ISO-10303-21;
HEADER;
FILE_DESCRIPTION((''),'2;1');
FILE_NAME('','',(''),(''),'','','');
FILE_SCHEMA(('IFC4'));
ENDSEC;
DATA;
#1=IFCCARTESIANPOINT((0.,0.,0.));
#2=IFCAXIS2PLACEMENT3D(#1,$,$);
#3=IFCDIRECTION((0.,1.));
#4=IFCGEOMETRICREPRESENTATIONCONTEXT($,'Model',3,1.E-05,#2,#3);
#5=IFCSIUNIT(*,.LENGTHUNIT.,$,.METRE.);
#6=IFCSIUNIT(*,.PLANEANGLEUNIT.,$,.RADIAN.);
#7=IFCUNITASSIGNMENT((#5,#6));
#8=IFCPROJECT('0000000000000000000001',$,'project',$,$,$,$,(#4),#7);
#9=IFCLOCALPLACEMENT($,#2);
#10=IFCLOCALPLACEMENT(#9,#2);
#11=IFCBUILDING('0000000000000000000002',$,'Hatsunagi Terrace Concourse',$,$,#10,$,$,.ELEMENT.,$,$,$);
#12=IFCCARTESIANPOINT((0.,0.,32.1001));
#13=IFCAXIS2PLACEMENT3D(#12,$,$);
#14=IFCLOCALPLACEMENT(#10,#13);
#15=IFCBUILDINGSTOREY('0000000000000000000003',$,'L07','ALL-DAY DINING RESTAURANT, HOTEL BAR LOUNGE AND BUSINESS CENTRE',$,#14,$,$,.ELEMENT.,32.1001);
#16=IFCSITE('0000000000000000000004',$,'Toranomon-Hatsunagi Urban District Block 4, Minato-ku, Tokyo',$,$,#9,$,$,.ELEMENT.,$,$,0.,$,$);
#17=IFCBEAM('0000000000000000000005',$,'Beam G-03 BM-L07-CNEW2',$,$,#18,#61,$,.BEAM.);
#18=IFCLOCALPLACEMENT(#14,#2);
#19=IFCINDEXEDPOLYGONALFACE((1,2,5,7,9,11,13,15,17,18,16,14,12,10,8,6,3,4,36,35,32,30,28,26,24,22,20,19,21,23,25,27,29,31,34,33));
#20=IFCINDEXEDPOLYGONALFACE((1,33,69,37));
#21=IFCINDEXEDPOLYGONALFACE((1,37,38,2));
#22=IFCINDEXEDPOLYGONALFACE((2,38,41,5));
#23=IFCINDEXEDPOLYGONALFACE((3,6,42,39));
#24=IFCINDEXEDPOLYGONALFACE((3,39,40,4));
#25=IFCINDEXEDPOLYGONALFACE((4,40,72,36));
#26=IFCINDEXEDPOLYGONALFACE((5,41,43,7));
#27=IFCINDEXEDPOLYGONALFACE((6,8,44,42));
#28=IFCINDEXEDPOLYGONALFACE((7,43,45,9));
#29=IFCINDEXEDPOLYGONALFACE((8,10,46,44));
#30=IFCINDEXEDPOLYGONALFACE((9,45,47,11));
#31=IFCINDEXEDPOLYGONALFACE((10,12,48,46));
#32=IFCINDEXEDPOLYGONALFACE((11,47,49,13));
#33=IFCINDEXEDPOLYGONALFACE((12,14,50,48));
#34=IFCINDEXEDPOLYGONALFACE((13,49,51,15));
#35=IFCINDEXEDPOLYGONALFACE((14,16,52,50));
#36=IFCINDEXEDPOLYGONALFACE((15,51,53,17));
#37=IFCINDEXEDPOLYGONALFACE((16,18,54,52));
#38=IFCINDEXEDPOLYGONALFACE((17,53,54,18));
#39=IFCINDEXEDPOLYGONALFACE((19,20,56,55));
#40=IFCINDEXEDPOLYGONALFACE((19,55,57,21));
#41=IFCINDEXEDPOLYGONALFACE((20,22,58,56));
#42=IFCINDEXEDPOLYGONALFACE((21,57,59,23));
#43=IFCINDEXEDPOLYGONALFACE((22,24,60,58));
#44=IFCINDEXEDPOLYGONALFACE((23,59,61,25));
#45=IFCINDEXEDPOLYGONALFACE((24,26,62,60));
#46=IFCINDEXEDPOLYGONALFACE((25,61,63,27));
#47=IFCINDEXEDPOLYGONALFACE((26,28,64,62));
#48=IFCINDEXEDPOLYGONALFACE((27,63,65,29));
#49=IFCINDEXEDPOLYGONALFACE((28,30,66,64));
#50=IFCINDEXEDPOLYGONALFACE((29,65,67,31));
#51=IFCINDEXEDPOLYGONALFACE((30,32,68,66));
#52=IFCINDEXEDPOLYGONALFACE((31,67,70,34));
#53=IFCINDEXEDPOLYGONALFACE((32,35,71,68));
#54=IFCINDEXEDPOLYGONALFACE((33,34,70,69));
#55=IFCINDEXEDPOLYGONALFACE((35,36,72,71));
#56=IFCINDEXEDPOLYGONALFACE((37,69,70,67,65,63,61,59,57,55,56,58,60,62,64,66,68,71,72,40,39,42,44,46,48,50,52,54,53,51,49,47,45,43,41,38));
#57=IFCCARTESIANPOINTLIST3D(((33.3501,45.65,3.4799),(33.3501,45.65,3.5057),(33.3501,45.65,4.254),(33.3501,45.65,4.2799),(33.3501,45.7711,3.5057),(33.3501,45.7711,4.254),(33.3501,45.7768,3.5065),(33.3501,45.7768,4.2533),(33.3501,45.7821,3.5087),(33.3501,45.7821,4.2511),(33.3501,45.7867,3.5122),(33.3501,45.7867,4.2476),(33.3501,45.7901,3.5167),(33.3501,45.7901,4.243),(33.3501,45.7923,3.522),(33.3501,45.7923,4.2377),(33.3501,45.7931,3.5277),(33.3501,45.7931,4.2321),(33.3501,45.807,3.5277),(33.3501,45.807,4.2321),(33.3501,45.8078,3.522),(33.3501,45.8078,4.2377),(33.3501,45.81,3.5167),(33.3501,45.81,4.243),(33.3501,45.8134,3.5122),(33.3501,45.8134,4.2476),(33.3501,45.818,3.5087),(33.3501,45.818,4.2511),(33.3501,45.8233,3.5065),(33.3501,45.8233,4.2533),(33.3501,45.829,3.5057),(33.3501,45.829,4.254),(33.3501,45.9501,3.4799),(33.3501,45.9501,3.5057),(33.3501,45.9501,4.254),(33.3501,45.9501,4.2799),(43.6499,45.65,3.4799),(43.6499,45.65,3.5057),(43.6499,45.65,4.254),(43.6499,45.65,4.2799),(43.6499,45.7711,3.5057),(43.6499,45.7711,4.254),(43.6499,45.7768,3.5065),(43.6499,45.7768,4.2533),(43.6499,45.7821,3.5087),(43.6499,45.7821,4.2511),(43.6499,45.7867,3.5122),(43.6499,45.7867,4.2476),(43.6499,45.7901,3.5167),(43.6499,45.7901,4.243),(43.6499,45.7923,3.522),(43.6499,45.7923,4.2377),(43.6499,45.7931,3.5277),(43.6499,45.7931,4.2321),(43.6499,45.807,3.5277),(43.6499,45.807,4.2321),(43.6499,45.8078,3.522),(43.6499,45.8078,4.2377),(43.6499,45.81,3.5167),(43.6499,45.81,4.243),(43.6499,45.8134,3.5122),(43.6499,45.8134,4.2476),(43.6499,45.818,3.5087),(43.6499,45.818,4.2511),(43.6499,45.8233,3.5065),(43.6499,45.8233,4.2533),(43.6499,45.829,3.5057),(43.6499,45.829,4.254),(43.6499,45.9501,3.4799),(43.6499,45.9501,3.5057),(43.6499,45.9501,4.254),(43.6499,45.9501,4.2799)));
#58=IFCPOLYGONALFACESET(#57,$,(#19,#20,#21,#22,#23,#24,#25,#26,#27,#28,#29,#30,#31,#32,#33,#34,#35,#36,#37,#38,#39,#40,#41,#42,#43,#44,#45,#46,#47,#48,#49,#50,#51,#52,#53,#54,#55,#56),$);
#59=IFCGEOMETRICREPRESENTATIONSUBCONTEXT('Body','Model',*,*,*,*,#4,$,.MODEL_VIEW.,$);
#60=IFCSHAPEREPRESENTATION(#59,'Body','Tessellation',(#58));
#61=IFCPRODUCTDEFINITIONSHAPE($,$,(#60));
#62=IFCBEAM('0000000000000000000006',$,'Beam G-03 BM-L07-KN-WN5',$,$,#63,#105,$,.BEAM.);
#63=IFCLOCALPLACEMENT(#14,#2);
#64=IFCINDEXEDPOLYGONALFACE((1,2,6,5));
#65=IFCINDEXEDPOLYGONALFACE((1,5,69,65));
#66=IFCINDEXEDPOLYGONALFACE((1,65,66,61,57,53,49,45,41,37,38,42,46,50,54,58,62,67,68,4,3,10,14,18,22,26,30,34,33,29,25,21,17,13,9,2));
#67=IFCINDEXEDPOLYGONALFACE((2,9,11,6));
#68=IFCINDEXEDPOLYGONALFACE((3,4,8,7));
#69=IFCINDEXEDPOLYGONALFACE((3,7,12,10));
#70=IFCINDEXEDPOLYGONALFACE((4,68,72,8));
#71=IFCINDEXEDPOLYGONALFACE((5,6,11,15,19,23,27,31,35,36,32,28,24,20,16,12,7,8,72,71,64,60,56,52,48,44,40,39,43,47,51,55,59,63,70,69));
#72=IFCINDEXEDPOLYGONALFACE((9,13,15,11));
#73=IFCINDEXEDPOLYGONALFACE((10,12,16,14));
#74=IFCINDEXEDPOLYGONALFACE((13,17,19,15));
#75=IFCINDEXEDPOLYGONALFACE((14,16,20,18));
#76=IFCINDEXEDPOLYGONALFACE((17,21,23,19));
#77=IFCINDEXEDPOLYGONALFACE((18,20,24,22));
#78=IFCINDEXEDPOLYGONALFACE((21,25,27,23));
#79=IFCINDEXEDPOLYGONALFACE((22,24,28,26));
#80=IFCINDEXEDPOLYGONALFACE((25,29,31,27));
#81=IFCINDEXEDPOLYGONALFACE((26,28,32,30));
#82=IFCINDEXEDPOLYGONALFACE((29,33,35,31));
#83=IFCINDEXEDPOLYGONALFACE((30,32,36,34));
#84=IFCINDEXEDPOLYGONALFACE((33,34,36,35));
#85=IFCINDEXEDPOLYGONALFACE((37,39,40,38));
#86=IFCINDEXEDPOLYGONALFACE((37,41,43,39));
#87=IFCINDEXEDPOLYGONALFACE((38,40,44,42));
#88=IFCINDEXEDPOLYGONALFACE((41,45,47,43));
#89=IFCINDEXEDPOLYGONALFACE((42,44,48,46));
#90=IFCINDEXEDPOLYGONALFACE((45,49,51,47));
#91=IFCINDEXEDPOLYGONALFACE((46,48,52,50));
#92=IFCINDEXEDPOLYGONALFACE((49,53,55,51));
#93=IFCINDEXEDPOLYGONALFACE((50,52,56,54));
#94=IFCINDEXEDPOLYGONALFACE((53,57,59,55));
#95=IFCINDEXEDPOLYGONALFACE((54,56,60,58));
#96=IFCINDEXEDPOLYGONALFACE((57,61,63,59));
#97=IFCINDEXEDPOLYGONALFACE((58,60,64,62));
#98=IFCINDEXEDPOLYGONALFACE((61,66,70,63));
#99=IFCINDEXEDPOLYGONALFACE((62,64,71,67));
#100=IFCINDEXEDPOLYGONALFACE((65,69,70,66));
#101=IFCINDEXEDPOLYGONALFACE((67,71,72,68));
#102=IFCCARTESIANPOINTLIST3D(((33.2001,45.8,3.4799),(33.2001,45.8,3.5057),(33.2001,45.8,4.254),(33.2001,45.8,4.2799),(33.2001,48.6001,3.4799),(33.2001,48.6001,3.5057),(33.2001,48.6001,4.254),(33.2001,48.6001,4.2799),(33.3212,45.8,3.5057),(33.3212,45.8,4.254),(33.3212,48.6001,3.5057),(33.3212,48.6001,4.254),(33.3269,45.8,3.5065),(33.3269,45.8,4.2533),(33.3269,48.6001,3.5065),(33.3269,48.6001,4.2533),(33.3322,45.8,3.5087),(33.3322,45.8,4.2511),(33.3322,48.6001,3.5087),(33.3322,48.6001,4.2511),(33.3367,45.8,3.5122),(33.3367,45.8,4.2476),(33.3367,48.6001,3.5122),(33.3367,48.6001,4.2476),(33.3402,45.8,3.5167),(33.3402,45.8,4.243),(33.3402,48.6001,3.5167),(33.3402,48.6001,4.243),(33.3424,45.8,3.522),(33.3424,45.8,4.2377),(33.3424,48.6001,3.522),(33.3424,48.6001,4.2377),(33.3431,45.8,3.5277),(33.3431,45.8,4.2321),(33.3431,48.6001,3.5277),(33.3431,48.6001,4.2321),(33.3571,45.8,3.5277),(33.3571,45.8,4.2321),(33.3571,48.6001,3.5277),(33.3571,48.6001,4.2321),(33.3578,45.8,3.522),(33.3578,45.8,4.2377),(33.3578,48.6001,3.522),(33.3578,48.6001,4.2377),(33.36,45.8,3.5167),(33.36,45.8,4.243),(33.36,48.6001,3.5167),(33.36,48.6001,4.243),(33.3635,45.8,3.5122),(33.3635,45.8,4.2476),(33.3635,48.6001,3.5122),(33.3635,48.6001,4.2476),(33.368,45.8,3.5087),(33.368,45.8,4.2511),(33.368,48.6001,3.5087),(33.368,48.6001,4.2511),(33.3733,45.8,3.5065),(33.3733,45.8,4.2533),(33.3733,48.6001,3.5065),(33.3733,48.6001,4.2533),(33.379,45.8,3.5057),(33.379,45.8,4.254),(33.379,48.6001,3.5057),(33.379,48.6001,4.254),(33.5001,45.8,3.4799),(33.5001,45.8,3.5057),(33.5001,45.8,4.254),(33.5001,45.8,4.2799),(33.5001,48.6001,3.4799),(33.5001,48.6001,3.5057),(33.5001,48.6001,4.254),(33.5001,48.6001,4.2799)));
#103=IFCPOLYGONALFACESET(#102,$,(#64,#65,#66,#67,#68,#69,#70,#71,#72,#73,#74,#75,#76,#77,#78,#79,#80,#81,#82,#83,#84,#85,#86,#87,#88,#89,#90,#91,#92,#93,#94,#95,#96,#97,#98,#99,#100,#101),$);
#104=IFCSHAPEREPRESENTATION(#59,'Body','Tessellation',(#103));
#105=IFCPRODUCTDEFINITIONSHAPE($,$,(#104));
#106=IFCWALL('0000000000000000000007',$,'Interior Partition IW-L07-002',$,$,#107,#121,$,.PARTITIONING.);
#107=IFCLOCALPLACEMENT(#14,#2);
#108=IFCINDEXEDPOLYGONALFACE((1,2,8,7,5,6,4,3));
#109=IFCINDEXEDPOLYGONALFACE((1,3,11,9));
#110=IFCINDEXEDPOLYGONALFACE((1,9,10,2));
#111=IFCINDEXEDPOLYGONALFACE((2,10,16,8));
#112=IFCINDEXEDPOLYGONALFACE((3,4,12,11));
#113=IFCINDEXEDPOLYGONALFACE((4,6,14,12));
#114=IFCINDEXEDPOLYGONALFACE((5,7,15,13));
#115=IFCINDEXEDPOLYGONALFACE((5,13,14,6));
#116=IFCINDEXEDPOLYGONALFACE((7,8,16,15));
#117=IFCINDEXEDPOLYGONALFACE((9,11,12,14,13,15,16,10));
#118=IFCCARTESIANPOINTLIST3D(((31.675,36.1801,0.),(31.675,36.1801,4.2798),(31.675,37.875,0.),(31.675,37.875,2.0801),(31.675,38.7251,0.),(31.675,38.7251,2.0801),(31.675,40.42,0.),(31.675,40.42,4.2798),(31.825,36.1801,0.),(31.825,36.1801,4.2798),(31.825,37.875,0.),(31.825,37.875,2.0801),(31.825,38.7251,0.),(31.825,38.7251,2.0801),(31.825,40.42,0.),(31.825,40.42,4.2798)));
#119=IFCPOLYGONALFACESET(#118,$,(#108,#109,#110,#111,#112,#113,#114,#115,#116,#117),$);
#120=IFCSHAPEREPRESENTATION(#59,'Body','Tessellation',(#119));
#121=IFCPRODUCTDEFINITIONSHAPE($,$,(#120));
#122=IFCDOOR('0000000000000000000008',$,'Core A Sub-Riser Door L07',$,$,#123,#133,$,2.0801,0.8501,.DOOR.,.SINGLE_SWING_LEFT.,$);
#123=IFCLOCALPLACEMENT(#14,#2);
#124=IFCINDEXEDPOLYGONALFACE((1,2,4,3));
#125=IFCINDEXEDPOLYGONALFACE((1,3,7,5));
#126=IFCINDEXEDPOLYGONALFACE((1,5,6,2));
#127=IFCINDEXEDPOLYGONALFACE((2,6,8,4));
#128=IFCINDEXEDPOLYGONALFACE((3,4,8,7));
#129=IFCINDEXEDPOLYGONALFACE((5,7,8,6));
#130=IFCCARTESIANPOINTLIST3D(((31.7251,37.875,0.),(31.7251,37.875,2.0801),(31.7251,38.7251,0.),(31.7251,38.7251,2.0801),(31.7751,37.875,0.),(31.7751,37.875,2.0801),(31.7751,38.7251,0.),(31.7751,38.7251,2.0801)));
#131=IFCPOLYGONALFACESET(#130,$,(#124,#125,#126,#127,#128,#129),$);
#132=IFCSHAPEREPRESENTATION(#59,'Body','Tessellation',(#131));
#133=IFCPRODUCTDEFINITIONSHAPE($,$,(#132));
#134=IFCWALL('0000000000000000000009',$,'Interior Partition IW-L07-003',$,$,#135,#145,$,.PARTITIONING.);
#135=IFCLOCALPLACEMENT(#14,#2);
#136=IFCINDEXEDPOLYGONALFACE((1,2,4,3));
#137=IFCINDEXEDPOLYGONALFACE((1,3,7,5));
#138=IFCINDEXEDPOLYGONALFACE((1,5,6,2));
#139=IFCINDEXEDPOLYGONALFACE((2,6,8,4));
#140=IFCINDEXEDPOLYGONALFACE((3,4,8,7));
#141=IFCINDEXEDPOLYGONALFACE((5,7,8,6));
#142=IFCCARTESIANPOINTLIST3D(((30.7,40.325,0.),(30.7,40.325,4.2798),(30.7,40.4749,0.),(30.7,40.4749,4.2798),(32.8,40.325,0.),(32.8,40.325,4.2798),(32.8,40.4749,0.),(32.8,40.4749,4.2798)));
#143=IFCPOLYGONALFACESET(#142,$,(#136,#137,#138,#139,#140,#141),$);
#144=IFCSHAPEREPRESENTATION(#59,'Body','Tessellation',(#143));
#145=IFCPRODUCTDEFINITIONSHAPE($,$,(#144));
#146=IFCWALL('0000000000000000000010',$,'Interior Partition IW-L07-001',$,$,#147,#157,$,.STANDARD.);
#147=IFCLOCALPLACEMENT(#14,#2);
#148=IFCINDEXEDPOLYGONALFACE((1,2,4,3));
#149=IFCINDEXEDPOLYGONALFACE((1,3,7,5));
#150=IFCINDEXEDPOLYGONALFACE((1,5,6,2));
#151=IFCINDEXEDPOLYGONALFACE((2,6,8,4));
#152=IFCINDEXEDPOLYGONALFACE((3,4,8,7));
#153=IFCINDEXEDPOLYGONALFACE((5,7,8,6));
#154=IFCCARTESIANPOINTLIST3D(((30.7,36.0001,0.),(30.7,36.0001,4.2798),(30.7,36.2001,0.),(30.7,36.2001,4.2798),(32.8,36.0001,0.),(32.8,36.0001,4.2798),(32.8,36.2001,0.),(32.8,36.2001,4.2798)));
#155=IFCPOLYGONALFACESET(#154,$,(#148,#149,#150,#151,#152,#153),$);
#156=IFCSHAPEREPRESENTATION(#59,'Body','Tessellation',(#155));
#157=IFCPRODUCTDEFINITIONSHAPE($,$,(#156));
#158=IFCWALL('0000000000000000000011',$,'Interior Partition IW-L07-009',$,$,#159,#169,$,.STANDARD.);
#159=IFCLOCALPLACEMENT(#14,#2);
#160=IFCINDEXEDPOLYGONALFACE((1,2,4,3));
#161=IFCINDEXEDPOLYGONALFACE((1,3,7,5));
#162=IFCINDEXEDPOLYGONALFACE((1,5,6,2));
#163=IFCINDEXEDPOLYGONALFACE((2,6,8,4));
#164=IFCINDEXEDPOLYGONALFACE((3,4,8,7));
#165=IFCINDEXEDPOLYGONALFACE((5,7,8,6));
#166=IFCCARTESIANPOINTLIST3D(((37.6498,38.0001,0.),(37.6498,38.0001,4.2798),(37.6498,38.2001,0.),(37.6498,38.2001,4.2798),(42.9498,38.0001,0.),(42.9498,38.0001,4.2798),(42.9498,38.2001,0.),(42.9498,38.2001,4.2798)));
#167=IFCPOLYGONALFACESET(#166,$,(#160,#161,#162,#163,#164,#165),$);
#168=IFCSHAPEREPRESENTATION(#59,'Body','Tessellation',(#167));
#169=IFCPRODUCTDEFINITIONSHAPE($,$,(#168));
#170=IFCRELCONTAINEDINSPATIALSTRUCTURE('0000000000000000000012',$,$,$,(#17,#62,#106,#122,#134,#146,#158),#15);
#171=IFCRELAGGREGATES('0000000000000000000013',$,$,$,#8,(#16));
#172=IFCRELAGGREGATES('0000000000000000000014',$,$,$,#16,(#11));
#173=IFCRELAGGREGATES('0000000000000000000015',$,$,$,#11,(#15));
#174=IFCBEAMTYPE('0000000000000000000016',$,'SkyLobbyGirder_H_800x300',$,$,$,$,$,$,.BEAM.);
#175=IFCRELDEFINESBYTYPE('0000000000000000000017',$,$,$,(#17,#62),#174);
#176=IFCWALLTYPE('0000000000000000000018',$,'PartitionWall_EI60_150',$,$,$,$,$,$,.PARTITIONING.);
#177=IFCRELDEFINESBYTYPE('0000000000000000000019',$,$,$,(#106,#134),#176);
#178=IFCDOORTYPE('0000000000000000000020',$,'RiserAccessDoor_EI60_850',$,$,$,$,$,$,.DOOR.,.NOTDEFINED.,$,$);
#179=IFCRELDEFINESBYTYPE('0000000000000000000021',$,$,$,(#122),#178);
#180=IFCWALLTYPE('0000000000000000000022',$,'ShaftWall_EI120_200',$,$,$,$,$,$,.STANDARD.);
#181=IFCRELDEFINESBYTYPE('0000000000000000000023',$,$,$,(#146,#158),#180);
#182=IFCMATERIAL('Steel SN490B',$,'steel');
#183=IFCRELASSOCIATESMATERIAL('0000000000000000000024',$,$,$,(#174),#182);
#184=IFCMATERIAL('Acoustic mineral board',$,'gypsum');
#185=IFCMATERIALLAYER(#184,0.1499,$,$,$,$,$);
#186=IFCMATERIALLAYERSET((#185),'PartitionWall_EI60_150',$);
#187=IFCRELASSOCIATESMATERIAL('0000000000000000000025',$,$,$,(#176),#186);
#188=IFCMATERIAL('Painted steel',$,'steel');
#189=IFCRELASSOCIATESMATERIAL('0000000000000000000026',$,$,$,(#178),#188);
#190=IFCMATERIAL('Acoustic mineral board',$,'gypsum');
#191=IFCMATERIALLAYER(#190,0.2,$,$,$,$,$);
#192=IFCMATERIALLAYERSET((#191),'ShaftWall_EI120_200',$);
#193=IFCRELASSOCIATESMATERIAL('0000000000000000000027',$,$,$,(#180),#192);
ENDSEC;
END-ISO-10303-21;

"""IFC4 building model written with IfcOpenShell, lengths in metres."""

from ifc_helpers import new_model, si_unit, direction, frame, frame_2d, origin, origin_2d, place, context, subcontext, project, spatial, rectangle, i_section, extrude, material, layer, layer_set, material_profile, profile_set, type_object, element, fill, save


model = new_model("IFC4")

# Units and contexts
model_context = context("Model", 3, precision=1e-05, world=origin(), true_north=direction((0.0, 1.0)))
body_context = subcontext(model_context, "Body", "Model", "MODEL_VIEW")
ifc_project = project(units=[si_unit("LENGTHUNIT", "METRE"), si_unit("PLANEANGLEUNIT", "RADIAN")], contexts=[model_context])

# Site, building, storey
site_placement = place(None, origin())
site = spatial("IfcSite", under=ifc_project, at=site_placement, Name="Toranomon-Hatsunagi Urban District Block 4, Minato-ku, Tokyo", CompositionType="ELEMENT", RefElevation=0.0)
building_placement = place(site_placement, origin())
building = spatial("IfcBuilding", under=site, at=building_placement, Name="Hatsunagi Terrace Concourse", CompositionType="ELEMENT")
storey_placement = place(building_placement, frame((0.0, 0.0, 32.1001)))
storey = spatial("IfcBuildingStorey", under=building, at=storey_placement, Name="L07", Description="ALL-DAY DINING RESTAURANT, HOTEL BAR LOUNGE AND BUSINESS CENTRE", CompositionType="ELEMENT", Elevation=32.1001)

# Beams
ifc_material_1 = material(Name="Steel SN490B", Category="steel")
ifc_material_profile_1 = material_profile(ifc_material_1, i_section(OverallWidth=0.3, OverallDepth=0.8, WebThickness=0.0139, FlangeThickness=0.0259, FilletRadius=0.022, at=origin_2d()), Name="H-800x300x14x26")
ifc_profile_set_1 = profile_set([ifc_material_profile_1], Name="Steel SN490B")
beam_type_1 = type_object("IfcBeamType", Name="SkyLobbyGirder_H_800x300", PredefinedType="BEAM", material=ifc_profile_set_1)
beam_1_placement = place(storey_placement, frame((33.3501, 45.8, 3.8799), z_axis=(1.0, 0.0, 0.0), x_axis=(0.0, 1.0, 0.0)))
element("IfcBeam", 1, at=beam_1_placement, inside=storey, type_object=beam_type_1, Name="Beam G-03 BM-L07-CNEW2", PredefinedType="BEAM", context=body_context, shape_type="SweptSolid", body=[
    extrude(i_section(OverallWidth=0.3, OverallDepth=0.8, WebThickness=0.0139, FlangeThickness=0.0259, FilletRadius=0.022, at=origin_2d()), origin(), (0.0, 0.0, 1.0), 10.2998),
])
beam_2_placement = place(storey_placement, frame((33.3501, 45.8, 3.8799), z_axis=(0.0, 1.0, 0.0), x_axis=(-1.0, 0.0, 0.0)))
element("IfcBeam", 2, at=beam_2_placement, inside=storey, type_object=beam_type_1, Name="Beam G-03 BM-L07-KN-WN5", PredefinedType="BEAM", context=body_context, shape_type="SweptSolid", body=[
    extrude(i_section(OverallWidth=0.3, OverallDepth=0.8, WebThickness=0.0139, FlangeThickness=0.0259, FilletRadius=0.022, at=origin_2d()), origin(), (0.0, 0.0, 1.0), 2.8),
])

# Wall, opening, door
ifc_material_2 = material(Name="Acoustic mineral board", Category="gypsum")
ifc_layer_1 = layer(ifc_material_2, 0.1499)
ifc_layer_set_1 = layer_set([ifc_layer_1], Name="PartitionWall_EI60_150")
wall_type_1 = type_object("IfcWallType", Name="PartitionWall_EI60_150", PredefinedType="PARTITIONING", material=ifc_layer_set_1)
wall_1_placement = place(storey_placement, frame((31.75, 36.1799, 0.0), z_axis=(0.0, 0.0, 1.0), x_axis=(0.0, 1.0, 0.0)))
wall_1 = element("IfcWall", 3, at=wall_1_placement, inside=storey, type_object=wall_type_1, Name="Interior Partition IW-L07-002", PredefinedType="PARTITIONING", context=body_context, shape_type="SweptSolid", body=[
    extrude(rectangle(XDim=4.24, YDim=0.1499, at=frame_2d((2.1201, 0.0))), origin(), (0.0, 0.0, 1.0), 4.2798),
])
opening_1_placement = place(wall_1_placement, frame((1.6951, 0.0, 0.0)))
opening_1 = element("IfcOpeningElement", 4, at=opening_1_placement, cuts=wall_1, PredefinedType="OPENING", context=body_context, shape_type="SweptSolid", body=[
    extrude(rectangle(XDim=0.8501, YDim=2.0801, at=frame_2d((0.425, 1.04))), frame((0.0, 0.085, 0.0), z_axis=(0.0, -1.0, 0.0), x_axis=(1.0, 0.0, 0.0)), (0.0, 0.0, 1.0), 0.1699),
])
ifc_material_3 = material(Name="Painted steel", Category="steel")
door_type_1 = type_object("IfcDoorType", Name="RiserAccessDoor_EI60_850", OperationType="NOTDEFINED", PredefinedType="DOOR", material=ifc_material_3)
door_1_placement = place(opening_1_placement, origin())
door_1 = element("IfcDoor", 5, at=door_1_placement, inside=storey, type_object=door_type_1, Name="Core A Sub-Riser Door L07", OperationType="SINGLE_SWING_LEFT", OverallHeight=2.0801, OverallWidth=0.8501, PredefinedType="DOOR", context=body_context, shape_type="SweptSolid", body=[
    extrude(rectangle(XDim=0.8501, YDim=2.0801, at=frame_2d((0.425, 1.04))), frame((0.0, 0.0249, 0.0), z_axis=(0.0, -1.0, 0.0), x_axis=(1.0, 0.0, 0.0)), (0.0, 0.0, 1.0), 0.05),
])
fill(opening_1, door_1)

# Walls
wall_2_placement = place(storey_placement, frame((30.7, 40.3999, 0.0), z_axis=(0.0, 0.0, 1.0), x_axis=(1.0, 0.0, 0.0)))
element("IfcWall", 6, at=wall_2_placement, inside=storey, type_object=wall_type_1, Name="Interior Partition IW-L07-003", PredefinedType="PARTITIONING", context=body_context, shape_type="SweptSolid", body=[
    extrude(rectangle(XDim=2.1001, YDim=0.1499, at=frame_2d((1.05, 0.0))), origin(), (0.0, 0.0, 1.0), 4.2798),
])
ifc_material_4 = material(Name="Acoustic mineral board", Category="gypsum")
ifc_layer_2 = layer(ifc_material_4, 0.2)
ifc_layer_set_2 = layer_set([ifc_layer_2], Name="ShaftWall_EI120_200")
wall_type_2 = type_object("IfcWallType", Name="ShaftWall_EI120_200", PredefinedType="STANDARD", material=ifc_layer_set_2)
wall_3_placement = place(storey_placement, frame((30.7, 36.1001, 0.0), z_axis=(0.0, 0.0, 1.0), x_axis=(1.0, 0.0, 0.0)))
element("IfcWall", 7, at=wall_3_placement, inside=storey, type_object=wall_type_2, Name="Interior Partition IW-L07-001", PredefinedType="STANDARD", context=body_context, shape_type="SweptSolid", body=[
    extrude(rectangle(XDim=2.1001, YDim=0.2, at=frame_2d((1.05, 0.0))), origin(), (0.0, 0.0, 1.0), 4.2798),
])
wall_4_placement = place(storey_placement, frame((37.6499, 38.1001, 0.0), z_axis=(0.0, 0.0, 1.0), x_axis=(1.0, 0.0, 0.0)))
element("IfcWall", 8, at=wall_4_placement, inside=storey, type_object=wall_type_2, Name="Interior Partition IW-L07-009", PredefinedType="STANDARD", context=body_context, shape_type="SweptSolid", body=[
    extrude(rectangle(XDim=5.3, YDim=0.2, at=frame_2d((2.6499, 0.0))), origin(), (0.0, 0.0, 1.0), 4.2798),
])

save(model, "model.ifc")
